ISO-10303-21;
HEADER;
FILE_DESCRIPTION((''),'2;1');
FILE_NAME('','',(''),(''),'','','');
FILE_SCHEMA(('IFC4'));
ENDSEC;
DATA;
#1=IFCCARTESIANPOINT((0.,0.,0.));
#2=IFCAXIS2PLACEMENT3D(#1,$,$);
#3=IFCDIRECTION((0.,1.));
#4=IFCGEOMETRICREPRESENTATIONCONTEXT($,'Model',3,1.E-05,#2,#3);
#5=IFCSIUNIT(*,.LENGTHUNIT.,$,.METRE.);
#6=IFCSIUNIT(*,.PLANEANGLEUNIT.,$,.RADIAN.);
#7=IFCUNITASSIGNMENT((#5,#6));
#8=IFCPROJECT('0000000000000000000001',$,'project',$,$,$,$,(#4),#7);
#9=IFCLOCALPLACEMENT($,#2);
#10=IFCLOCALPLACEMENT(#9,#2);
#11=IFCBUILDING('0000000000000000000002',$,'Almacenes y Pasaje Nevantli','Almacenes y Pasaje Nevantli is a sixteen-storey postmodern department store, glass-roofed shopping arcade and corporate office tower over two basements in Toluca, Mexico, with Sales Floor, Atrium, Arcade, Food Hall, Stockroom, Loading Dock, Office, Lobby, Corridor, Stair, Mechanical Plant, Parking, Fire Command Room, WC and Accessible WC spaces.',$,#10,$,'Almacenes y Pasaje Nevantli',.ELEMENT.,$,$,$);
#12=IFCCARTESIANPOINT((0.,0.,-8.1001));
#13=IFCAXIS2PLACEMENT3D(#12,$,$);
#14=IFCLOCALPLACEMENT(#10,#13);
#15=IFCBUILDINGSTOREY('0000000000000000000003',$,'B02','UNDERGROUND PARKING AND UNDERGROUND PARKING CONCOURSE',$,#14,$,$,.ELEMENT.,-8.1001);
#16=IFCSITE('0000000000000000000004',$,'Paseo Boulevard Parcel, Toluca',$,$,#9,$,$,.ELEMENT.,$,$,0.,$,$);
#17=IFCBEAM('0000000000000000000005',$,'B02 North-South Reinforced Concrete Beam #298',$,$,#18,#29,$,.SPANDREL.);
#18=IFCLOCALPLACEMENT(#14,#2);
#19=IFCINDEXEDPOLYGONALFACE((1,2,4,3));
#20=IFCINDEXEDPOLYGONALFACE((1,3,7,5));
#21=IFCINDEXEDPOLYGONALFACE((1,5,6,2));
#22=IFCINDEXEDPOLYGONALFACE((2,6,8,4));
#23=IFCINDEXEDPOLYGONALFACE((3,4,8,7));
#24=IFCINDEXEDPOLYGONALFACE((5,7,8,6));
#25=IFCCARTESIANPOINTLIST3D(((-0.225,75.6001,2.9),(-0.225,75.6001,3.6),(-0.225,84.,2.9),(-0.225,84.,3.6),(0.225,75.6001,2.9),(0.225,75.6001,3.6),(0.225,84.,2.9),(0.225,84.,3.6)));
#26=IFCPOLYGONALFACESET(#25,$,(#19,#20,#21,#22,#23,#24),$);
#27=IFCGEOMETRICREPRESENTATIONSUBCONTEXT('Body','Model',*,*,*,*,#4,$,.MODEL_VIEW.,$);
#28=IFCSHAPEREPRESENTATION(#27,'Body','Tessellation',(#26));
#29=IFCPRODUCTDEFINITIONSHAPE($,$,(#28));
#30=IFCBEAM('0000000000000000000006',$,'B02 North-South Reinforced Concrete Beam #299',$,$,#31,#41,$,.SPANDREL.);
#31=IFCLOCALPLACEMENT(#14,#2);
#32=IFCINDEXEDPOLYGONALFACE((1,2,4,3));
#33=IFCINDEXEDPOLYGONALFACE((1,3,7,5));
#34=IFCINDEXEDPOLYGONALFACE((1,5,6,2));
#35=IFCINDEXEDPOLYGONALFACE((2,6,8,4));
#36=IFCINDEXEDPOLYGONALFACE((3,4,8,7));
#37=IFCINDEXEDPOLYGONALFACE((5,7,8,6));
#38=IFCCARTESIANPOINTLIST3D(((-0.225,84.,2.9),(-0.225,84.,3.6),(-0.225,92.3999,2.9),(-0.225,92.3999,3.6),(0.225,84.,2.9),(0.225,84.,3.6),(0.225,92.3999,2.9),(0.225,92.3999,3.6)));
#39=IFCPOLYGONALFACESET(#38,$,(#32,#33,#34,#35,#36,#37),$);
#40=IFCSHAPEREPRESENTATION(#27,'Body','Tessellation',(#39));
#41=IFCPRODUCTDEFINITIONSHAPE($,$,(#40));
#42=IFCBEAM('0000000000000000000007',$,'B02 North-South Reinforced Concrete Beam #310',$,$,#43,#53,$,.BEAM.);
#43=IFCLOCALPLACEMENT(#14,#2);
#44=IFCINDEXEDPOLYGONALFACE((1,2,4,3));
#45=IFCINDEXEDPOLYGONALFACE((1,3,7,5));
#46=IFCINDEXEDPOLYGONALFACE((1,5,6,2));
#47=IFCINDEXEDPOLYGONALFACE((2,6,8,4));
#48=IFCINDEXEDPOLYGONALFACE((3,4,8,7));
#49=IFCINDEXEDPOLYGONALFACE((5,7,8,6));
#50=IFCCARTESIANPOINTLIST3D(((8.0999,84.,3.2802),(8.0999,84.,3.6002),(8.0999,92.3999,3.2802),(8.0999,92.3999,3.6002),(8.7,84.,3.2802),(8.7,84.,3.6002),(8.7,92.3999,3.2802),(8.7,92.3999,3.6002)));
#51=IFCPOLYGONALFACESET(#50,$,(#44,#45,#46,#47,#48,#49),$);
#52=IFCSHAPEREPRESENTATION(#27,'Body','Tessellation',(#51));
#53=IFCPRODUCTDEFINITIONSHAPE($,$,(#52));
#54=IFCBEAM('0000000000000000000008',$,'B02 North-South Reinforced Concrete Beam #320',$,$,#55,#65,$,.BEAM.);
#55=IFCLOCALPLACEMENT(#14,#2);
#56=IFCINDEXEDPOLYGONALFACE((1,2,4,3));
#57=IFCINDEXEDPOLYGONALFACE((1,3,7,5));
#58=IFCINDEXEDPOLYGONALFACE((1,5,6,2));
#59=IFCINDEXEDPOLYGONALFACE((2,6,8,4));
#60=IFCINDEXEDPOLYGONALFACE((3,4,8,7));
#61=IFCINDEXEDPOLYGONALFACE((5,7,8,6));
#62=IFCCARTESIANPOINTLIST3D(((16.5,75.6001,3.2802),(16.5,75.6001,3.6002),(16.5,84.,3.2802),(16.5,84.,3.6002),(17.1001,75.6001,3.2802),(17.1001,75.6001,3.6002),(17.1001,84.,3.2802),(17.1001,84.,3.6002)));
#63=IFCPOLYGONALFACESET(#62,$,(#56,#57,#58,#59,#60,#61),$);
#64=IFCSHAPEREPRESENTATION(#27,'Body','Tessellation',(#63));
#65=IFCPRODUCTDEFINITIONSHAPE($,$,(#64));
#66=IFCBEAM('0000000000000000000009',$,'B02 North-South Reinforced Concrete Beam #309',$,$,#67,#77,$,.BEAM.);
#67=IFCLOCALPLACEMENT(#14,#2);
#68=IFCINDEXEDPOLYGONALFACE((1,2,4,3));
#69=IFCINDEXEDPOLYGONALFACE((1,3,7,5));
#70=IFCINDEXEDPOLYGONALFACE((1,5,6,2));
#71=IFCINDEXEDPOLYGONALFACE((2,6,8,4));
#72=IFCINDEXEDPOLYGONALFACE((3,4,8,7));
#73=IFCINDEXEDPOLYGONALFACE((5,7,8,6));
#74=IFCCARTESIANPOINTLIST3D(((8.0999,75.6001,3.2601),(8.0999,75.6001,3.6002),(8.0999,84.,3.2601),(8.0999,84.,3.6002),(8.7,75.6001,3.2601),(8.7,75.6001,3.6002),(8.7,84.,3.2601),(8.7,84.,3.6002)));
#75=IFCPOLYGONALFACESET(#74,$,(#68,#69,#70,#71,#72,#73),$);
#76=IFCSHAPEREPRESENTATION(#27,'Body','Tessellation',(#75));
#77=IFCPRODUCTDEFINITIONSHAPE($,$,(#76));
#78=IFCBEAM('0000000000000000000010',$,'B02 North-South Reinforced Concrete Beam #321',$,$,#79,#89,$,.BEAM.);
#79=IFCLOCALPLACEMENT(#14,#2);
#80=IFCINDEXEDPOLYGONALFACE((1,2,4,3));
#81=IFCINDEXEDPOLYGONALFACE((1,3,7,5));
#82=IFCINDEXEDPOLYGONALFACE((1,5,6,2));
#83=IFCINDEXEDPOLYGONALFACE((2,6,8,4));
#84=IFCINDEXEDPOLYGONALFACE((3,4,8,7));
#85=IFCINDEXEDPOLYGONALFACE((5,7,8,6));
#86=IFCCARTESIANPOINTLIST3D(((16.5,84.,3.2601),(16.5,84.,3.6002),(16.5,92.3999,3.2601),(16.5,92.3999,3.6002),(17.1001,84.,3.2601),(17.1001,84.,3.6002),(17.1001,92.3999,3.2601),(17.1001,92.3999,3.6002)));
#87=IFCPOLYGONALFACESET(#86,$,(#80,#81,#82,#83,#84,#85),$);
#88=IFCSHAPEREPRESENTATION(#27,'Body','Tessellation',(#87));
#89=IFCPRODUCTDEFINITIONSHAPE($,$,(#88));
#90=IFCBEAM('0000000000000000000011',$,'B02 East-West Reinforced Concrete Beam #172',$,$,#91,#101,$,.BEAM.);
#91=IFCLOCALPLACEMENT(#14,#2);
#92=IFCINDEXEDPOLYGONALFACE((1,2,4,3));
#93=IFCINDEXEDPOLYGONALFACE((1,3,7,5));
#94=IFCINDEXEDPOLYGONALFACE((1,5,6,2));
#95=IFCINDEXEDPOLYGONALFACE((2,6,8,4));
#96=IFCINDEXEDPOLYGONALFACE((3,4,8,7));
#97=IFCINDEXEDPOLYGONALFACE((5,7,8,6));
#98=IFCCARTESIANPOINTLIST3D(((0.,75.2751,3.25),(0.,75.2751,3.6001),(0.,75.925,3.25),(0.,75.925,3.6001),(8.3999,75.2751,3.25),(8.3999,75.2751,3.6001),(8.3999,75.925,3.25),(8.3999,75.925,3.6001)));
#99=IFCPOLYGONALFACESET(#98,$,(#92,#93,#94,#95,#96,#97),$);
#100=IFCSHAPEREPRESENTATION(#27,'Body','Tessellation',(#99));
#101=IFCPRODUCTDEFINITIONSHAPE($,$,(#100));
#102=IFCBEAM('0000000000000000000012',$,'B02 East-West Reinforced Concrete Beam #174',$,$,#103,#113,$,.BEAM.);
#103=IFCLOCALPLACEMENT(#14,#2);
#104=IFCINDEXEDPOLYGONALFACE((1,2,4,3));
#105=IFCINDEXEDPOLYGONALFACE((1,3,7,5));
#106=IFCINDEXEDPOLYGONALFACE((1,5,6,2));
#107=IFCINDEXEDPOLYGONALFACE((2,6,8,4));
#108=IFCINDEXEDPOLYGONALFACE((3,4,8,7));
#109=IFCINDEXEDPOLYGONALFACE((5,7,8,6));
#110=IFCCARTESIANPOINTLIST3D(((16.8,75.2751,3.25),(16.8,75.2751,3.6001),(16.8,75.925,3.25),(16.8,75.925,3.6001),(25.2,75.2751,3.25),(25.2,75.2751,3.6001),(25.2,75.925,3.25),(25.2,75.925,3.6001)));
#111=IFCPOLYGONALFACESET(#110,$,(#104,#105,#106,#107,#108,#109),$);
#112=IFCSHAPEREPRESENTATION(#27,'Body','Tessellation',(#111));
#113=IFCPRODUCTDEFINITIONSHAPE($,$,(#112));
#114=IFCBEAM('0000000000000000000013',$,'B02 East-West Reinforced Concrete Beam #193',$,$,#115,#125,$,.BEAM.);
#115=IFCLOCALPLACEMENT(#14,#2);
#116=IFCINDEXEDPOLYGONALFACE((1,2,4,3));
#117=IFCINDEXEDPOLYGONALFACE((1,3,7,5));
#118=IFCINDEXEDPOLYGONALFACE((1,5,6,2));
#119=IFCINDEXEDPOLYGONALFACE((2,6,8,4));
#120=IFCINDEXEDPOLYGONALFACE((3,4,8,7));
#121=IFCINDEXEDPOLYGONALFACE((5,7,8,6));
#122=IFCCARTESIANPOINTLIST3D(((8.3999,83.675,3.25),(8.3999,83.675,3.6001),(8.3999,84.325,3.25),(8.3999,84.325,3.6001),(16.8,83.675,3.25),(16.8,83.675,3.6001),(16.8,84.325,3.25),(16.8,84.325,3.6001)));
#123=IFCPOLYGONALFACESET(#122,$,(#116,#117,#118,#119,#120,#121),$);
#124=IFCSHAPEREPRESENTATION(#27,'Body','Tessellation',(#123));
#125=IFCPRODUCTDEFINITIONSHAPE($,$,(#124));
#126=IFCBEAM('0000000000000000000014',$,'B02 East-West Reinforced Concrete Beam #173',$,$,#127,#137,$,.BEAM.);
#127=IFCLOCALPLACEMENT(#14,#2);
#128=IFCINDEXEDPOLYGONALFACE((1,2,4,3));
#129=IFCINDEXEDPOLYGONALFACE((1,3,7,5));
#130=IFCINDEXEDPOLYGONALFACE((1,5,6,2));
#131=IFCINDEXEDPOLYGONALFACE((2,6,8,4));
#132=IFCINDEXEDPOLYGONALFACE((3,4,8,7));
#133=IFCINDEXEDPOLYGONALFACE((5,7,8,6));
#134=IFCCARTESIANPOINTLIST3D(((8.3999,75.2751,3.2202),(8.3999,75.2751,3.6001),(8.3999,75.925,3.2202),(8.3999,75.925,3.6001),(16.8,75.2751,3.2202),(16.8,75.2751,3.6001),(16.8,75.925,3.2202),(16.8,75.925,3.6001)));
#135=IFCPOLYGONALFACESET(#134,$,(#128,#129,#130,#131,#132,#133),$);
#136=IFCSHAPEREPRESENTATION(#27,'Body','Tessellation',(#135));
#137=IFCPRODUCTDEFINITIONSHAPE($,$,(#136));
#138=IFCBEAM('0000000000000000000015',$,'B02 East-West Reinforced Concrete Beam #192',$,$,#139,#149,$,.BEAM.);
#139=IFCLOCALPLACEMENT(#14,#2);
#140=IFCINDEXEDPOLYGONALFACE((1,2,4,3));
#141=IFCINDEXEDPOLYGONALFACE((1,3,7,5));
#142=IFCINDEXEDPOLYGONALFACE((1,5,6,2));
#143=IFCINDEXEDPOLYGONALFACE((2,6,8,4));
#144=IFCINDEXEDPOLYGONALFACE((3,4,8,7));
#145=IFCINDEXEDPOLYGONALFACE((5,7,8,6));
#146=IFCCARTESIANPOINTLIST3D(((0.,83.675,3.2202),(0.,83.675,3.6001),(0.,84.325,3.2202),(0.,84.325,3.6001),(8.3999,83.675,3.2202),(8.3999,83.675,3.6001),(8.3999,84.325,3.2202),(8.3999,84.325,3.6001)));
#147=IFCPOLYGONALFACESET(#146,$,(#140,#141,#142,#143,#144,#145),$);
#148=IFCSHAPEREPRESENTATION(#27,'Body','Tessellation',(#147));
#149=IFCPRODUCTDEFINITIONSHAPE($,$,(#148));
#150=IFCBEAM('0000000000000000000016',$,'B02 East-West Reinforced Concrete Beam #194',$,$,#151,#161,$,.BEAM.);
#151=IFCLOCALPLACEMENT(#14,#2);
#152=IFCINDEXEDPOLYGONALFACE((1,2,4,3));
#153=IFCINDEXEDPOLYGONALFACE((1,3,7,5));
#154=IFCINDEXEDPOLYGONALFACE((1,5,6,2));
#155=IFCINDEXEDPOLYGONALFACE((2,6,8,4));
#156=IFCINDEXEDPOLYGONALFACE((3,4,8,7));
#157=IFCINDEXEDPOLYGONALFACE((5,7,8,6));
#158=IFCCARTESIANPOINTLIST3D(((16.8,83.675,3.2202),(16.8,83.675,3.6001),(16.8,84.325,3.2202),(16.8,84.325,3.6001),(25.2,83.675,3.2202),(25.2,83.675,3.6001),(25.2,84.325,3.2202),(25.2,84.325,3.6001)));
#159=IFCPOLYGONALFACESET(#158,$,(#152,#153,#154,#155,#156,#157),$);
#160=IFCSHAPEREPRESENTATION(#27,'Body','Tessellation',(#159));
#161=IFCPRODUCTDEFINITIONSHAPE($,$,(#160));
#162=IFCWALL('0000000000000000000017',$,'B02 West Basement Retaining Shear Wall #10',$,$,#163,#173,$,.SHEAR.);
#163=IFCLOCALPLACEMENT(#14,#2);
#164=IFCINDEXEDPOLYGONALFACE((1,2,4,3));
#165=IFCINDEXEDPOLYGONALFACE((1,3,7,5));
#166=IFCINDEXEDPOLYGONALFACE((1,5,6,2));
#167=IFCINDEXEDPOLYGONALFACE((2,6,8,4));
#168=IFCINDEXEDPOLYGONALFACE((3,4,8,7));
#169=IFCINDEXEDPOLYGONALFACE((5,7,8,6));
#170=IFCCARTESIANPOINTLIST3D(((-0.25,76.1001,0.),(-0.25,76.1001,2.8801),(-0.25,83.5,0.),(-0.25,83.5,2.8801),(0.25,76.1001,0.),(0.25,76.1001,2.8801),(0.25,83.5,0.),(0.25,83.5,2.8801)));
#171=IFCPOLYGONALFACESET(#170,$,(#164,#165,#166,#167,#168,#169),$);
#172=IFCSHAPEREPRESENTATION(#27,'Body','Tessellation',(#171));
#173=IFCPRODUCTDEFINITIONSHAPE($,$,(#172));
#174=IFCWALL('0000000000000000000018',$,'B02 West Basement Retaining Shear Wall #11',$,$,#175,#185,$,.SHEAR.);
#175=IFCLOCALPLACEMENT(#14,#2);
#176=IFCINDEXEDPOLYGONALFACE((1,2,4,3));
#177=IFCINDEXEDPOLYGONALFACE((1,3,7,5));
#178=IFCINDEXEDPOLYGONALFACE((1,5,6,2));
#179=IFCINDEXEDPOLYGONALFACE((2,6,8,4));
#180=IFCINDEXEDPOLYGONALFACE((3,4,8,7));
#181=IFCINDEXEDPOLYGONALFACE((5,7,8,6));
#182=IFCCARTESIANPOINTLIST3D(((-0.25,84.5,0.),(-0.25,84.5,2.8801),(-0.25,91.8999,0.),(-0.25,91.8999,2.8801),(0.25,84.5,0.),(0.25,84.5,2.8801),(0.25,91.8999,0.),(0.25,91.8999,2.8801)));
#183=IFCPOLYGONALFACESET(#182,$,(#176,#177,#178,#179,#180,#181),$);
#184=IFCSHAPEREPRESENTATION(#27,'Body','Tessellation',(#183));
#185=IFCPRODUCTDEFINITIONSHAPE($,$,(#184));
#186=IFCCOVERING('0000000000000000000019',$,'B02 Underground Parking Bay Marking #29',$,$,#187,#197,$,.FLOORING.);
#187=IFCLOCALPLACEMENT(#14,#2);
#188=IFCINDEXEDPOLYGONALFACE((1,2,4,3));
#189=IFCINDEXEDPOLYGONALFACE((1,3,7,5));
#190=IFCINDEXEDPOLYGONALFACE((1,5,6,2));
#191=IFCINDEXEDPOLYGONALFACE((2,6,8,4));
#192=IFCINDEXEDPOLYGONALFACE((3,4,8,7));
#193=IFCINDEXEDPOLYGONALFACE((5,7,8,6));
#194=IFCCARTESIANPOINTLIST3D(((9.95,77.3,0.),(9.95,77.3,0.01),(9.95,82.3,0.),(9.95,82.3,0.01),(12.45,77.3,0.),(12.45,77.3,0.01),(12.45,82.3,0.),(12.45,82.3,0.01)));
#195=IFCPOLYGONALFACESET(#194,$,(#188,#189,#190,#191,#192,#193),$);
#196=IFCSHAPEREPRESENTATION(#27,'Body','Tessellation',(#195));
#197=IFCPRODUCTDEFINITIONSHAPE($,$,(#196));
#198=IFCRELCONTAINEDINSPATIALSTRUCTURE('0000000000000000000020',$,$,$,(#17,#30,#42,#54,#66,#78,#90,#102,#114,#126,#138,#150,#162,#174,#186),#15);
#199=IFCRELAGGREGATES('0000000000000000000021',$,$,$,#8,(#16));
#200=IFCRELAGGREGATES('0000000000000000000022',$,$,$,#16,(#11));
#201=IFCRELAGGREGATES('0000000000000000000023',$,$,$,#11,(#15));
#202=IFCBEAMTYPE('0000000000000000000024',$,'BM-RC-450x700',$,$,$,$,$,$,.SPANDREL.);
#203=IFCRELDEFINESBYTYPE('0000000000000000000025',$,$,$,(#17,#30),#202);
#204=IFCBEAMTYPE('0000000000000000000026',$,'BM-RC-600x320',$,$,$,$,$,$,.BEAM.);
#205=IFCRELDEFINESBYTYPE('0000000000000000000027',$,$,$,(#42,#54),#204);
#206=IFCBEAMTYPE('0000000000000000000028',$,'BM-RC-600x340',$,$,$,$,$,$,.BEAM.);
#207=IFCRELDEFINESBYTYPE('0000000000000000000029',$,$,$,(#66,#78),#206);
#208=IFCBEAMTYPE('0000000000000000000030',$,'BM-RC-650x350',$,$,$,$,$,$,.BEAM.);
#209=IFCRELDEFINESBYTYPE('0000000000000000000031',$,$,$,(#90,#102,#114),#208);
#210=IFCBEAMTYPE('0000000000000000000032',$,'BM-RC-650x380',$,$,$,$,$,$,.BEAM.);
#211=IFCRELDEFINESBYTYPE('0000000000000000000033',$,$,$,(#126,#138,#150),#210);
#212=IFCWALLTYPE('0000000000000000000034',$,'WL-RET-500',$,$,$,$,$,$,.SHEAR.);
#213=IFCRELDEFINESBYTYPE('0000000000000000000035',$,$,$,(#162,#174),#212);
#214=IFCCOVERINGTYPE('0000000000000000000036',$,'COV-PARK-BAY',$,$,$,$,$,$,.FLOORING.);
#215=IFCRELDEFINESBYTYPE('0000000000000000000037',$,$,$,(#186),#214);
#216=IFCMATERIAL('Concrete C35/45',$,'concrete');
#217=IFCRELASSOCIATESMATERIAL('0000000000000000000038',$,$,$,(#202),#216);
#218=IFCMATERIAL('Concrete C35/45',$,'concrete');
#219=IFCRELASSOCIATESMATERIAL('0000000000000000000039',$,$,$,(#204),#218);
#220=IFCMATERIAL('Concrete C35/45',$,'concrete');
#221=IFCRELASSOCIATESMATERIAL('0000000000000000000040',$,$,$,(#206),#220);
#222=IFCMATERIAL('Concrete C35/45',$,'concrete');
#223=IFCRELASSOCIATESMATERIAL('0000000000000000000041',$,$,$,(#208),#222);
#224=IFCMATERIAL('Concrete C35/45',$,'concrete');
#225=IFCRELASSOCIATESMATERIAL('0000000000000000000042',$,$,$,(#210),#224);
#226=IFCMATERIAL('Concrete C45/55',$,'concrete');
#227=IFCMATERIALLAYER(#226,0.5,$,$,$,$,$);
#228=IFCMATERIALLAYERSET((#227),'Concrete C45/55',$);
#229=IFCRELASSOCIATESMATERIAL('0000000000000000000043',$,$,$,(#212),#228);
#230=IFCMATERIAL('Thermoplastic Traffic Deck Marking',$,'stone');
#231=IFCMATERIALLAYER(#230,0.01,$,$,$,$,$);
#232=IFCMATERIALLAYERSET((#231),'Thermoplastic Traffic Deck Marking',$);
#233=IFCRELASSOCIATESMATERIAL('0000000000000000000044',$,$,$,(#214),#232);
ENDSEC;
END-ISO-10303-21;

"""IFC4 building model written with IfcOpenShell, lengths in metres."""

from ifc_helpers import new_model, si_unit, direction, frame, frame_2d, origin, origin_2d, place, context, subcontext, project, spatial, rectangle, extrude, material, layer, layer_set, material_profile, profile_set, type_object, element, save


model = new_model("IFC4")

# Units and contexts
model_context = context("Model", 3, precision=1e-05, world=origin(), true_north=direction((0.0, 1.0)))
body_context = subcontext(model_context, "Body", "Model", "MODEL_VIEW")
ifc_project = project(units=[si_unit("LENGTHUNIT", "METRE"), si_unit("PLANEANGLEUNIT", "RADIAN")], contexts=[model_context])

# Site, building, storey
site_placement = place(None, origin())
site = spatial("IfcSite", under=ifc_project, at=site_placement, Name="Paseo Boulevard Parcel, Toluca", CompositionType="ELEMENT", RefElevation=0.0)
building_placement = place(site_placement, origin())
building = spatial("IfcBuilding", under=site, at=building_placement, Name="Almacenes y Pasaje Nevantli", Description="Almacenes y Pasaje Nevantli is a sixteen-storey postmodern department store, glass-roofed shopping arcade and corporate office tower over two basements in Toluca, Mexico, with Sales Floor, Atrium, Arcade, Food Hall, Stockroom, Loading Dock, Office, Lobby, Corridor, Stair, Mechanical Plant, Parking, Fire Command Room, WC and Accessible WC spaces.", LongName="Almacenes y Pasaje Nevantli", CompositionType="ELEMENT")
storey_placement = place(building_placement, frame((0.0, 0.0, -8.1001)))
storey = spatial("IfcBuildingStorey", under=building, at=storey_placement, Name="B02", Description="UNDERGROUND PARKING AND UNDERGROUND PARKING CONCOURSE", CompositionType="ELEMENT", Elevation=-8.1001)

# Beams
ifc_material_1 = material(Name="Concrete C35/45", Category="concrete")
ifc_material_profile_1 = material_profile(ifc_material_1, rectangle(XDim=0.45, YDim=0.7, at=origin_2d()), Name="RC-BM-450x700")
ifc_profile_set_1 = profile_set([ifc_material_profile_1], Name="Concrete C35/45")
beam_type_1 = type_object("IfcBeamType", Name="BM-RC-450x700", PredefinedType="SPANDREL", material=ifc_profile_set_1)
for number, where, z_axis, x_axis, name in (
    (1, (0.0, 75.6001, 3.25), (0.0, 1.0, 0.0), (-1.0, 0.0, 0.0), "B02 North-South Reinforced Concrete Beam #298"),
    (2, (0.0, 84.0, 3.25), (0.0, 1.0, 0.0), (-1.0, 0.0, 0.0), "B02 North-South Reinforced Concrete Beam #299"),
):
    element("IfcBeam", number, at=place(storey_placement, frame(where, z_axis=z_axis, x_axis=x_axis)), inside=storey, type_object=beam_type_1, Name=name, PredefinedType="SPANDREL", context=body_context, shape_type="SweptSolid", body=[
        extrude(rectangle(XDim=0.45, YDim=0.7, at=origin_2d()), origin(), (0.0, 0.0, 1.0), 8.3999),
    ])
ifc_material_2 = material(Name="Concrete C35/45", Category="concrete")
ifc_material_profile_2 = material_profile(ifc_material_2, rectangle(XDim=0.6001, YDim=0.3201, at=origin_2d()), Name="RC-BM-600x320")
ifc_profile_set_2 = profile_set([ifc_material_profile_2], Name="Concrete C35/45")
beam_type_2 = type_object("IfcBeamType", Name="BM-RC-600x320", PredefinedType="BEAM", material=ifc_profile_set_2)
for number, where, z_axis, x_axis, name in (
    (3, (8.3999, 84.0, 3.4402), (0.0, 1.0, 0.0), (-1.0, 0.0, 0.0), "B02 North-South Reinforced Concrete Beam #310"),
    (4, (16.8, 75.6001, 3.4402), (0.0, 1.0, 0.0), (-1.0, 0.0, 0.0), "B02 North-South Reinforced Concrete Beam #320"),
):
    element("IfcBeam", number, at=place(storey_placement, frame(where, z_axis=z_axis, x_axis=x_axis)), inside=storey, type_object=beam_type_2, Name=name, PredefinedType="BEAM", context=body_context, shape_type="SweptSolid", body=[
        extrude(rectangle(XDim=0.6001, YDim=0.3201, at=origin_2d()), origin(), (0.0, 0.0, 1.0), 8.3999),
    ])
ifc_material_3 = material(Name="Concrete C35/45", Category="concrete")
ifc_material_profile_3 = material_profile(ifc_material_3, rectangle(XDim=0.6001, YDim=0.3401, at=origin_2d()), Name="RC-BM-600x340")
ifc_profile_set_3 = profile_set([ifc_material_profile_3], Name="Concrete C35/45")
beam_type_3 = type_object("IfcBeamType", Name="BM-RC-600x340", PredefinedType="BEAM", material=ifc_profile_set_3)
for number, where, z_axis, x_axis, name in (
    (5, (8.3999, 75.6001, 3.4302), (0.0, 1.0, 0.0), (-1.0, 0.0, 0.0), "B02 North-South Reinforced Concrete Beam #309"),
    (6, (16.8, 84.0, 3.4302), (0.0, 1.0, 0.0), (-1.0, 0.0, 0.0), "B02 North-South Reinforced Concrete Beam #321"),
):
    element("IfcBeam", number, at=place(storey_placement, frame(where, z_axis=z_axis, x_axis=x_axis)), inside=storey, type_object=beam_type_3, Name=name, PredefinedType="BEAM", context=body_context, shape_type="SweptSolid", body=[
        extrude(rectangle(XDim=0.6001, YDim=0.3401, at=origin_2d()), origin(), (0.0, 0.0, 1.0), 8.3999),
    ])
ifc_material_4 = material(Name="Concrete C35/45", Category="concrete")
ifc_material_profile_4 = material_profile(ifc_material_4, rectangle(XDim=0.6499, YDim=0.3501, at=origin_2d()), Name="RC-BM-650x350")
ifc_profile_set_4 = profile_set([ifc_material_profile_4], Name="Concrete C35/45")
beam_type_4 = type_object("IfcBeamType", Name="BM-RC-650x350", PredefinedType="BEAM", material=ifc_profile_set_4)
for number, where, z_axis, x_axis, name in (
    (7, (0.0, 75.6001, 3.425), (1.0, 0.0, 0.0), (0.0, 1.0, 0.0), "B02 East-West Reinforced Concrete Beam #172"),
    (8, (16.8, 75.6001, 3.425), (1.0, 0.0, 0.0), (0.0, 1.0, 0.0), "B02 East-West Reinforced Concrete Beam #174"),
):
    element("IfcBeam", number, at=place(storey_placement, frame(where, z_axis=z_axis, x_axis=x_axis)), inside=storey, type_object=beam_type_4, Name=name, PredefinedType="BEAM", context=body_context, shape_type="SweptSolid", body=[
        extrude(rectangle(XDim=0.6499, YDim=0.3501, at=origin_2d()), origin(), (0.0, 0.0, 1.0), 8.3999),
    ])
beam_1_placement = place(storey_placement, frame((8.3999, 84.0, 3.425), z_axis=(1.0, 0.0, 0.0), x_axis=(0.0, 1.0, 0.0)))
element("IfcBeam", 9, at=beam_1_placement, inside=storey, type_object=beam_type_4, Name="B02 East-West Reinforced Concrete Beam #193", PredefinedType="BEAM", context=body_context, shape_type="SweptSolid", body=[
    extrude(rectangle(XDim=0.6499, YDim=0.3501, at=origin_2d()), origin(), (0.0, 0.0, 1.0), 8.4001),
])
ifc_material_5 = material(Name="Concrete C35/45", Category="concrete")
ifc_material_profile_5 = material_profile(ifc_material_5, rectangle(XDim=0.6499, YDim=0.3799, at=origin_2d()), Name="RC-BM-650x380")
ifc_profile_set_5 = profile_set([ifc_material_profile_5], Name="Concrete C35/45")
beam_type_5 = type_object("IfcBeamType", Name="BM-RC-650x380", PredefinedType="BEAM", material=ifc_profile_set_5)
beam_2_placement = place(storey_placement, frame((8.3999, 75.6001, 3.4102), z_axis=(1.0, 0.0, 0.0), x_axis=(0.0, 1.0, 0.0)))
element("IfcBeam", 10, at=beam_2_placement, inside=storey, type_object=beam_type_5, Name="B02 East-West Reinforced Concrete Beam #173", PredefinedType="BEAM", context=body_context, shape_type="SweptSolid", body=[
    extrude(rectangle(XDim=0.6499, YDim=0.3799, at=origin_2d()), origin(), (0.0, 0.0, 1.0), 8.4001),
])
for number, where, z_axis, x_axis, name in (
    (11, (0.0, 84.0, 3.4102), (1.0, 0.0, 0.0), (0.0, 1.0, 0.0), "B02 East-West Reinforced Concrete Beam #192"),
    (12, (16.8, 84.0, 3.4102), (1.0, 0.0, 0.0), (0.0, 1.0, 0.0), "B02 East-West Reinforced Concrete Beam #194"),
):
    element("IfcBeam", number, at=place(storey_placement, frame(where, z_axis=z_axis, x_axis=x_axis)), inside=storey, type_object=beam_type_5, Name=name, PredefinedType="BEAM", context=body_context, shape_type="SweptSolid", body=[
        extrude(rectangle(XDim=0.6499, YDim=0.3799, at=origin_2d()), origin(), (0.0, 0.0, 1.0), 8.3999),
    ])

# Walls
ifc_material_6 = material(Name="Concrete C45/55", Category="concrete")
ifc_layer_1 = layer(ifc_material_6, 0.5)
ifc_layer_set_1 = layer_set([ifc_layer_1], Name="Concrete C45/55")
wall_type = type_object("IfcWallType", Name="WL-RET-500", PredefinedType="SHEAR", material=ifc_layer_set_1)
for number, where, z_axis, x_axis, name in (
    (13, (0.0, 76.1001, 0.0), (0.0, 0.0, 1.0), (0.0, 1.0, 0.0), "B02 West Basement Retaining Shear Wall #10"),
    (14, (0.0, 84.5, 0.0), (0.0, 0.0, 1.0), (0.0, 1.0, 0.0), "B02 West Basement Retaining Shear Wall #11"),
):
    element("IfcWall", number, at=place(storey_placement, frame(where, z_axis=z_axis, x_axis=x_axis)), inside=storey, type_object=wall_type, Name=name, PredefinedType="SHEAR", context=body_context, shape_type="SweptSolid", body=[
        extrude(rectangle(XDim=7.3999, YDim=0.5, at=frame_2d((3.7, 0.0))), origin(), (0.0, 0.0, 1.0), 2.8801),
    ])

# Covering
ifc_material_7 = material(Name="Thermoplastic Traffic Deck Marking", Category="stone")
ifc_layer_2 = layer(ifc_material_7, 0.01)
ifc_layer_set_2 = layer_set([ifc_layer_2], Name="Thermoplastic Traffic Deck Marking")
covering_type = type_object("IfcCoveringType", Name="COV-PARK-BAY", PredefinedType="FLOORING", material=ifc_layer_set_2)
for number, where, z_axis, x_axis, name in (
    (15, (11.2, 79.8, 0.0), (0.0, 0.0, 1.0), (1.0, 0.0, 0.0), "B02 Underground Parking Bay Marking #29"),
):
    element("IfcCovering", number, at=place(storey_placement, frame(where, z_axis=z_axis, x_axis=x_axis)), inside=storey, type_object=covering_type, Name=name, PredefinedType="FLOORING", context=body_context, shape_type="SweptSolid", body=[
        extrude(rectangle(XDim=2.5, YDim=5.0, at=origin_2d()), origin(), (0.0, 0.0, 1.0), 0.01),
    ])

save(model, "model.ifc")
